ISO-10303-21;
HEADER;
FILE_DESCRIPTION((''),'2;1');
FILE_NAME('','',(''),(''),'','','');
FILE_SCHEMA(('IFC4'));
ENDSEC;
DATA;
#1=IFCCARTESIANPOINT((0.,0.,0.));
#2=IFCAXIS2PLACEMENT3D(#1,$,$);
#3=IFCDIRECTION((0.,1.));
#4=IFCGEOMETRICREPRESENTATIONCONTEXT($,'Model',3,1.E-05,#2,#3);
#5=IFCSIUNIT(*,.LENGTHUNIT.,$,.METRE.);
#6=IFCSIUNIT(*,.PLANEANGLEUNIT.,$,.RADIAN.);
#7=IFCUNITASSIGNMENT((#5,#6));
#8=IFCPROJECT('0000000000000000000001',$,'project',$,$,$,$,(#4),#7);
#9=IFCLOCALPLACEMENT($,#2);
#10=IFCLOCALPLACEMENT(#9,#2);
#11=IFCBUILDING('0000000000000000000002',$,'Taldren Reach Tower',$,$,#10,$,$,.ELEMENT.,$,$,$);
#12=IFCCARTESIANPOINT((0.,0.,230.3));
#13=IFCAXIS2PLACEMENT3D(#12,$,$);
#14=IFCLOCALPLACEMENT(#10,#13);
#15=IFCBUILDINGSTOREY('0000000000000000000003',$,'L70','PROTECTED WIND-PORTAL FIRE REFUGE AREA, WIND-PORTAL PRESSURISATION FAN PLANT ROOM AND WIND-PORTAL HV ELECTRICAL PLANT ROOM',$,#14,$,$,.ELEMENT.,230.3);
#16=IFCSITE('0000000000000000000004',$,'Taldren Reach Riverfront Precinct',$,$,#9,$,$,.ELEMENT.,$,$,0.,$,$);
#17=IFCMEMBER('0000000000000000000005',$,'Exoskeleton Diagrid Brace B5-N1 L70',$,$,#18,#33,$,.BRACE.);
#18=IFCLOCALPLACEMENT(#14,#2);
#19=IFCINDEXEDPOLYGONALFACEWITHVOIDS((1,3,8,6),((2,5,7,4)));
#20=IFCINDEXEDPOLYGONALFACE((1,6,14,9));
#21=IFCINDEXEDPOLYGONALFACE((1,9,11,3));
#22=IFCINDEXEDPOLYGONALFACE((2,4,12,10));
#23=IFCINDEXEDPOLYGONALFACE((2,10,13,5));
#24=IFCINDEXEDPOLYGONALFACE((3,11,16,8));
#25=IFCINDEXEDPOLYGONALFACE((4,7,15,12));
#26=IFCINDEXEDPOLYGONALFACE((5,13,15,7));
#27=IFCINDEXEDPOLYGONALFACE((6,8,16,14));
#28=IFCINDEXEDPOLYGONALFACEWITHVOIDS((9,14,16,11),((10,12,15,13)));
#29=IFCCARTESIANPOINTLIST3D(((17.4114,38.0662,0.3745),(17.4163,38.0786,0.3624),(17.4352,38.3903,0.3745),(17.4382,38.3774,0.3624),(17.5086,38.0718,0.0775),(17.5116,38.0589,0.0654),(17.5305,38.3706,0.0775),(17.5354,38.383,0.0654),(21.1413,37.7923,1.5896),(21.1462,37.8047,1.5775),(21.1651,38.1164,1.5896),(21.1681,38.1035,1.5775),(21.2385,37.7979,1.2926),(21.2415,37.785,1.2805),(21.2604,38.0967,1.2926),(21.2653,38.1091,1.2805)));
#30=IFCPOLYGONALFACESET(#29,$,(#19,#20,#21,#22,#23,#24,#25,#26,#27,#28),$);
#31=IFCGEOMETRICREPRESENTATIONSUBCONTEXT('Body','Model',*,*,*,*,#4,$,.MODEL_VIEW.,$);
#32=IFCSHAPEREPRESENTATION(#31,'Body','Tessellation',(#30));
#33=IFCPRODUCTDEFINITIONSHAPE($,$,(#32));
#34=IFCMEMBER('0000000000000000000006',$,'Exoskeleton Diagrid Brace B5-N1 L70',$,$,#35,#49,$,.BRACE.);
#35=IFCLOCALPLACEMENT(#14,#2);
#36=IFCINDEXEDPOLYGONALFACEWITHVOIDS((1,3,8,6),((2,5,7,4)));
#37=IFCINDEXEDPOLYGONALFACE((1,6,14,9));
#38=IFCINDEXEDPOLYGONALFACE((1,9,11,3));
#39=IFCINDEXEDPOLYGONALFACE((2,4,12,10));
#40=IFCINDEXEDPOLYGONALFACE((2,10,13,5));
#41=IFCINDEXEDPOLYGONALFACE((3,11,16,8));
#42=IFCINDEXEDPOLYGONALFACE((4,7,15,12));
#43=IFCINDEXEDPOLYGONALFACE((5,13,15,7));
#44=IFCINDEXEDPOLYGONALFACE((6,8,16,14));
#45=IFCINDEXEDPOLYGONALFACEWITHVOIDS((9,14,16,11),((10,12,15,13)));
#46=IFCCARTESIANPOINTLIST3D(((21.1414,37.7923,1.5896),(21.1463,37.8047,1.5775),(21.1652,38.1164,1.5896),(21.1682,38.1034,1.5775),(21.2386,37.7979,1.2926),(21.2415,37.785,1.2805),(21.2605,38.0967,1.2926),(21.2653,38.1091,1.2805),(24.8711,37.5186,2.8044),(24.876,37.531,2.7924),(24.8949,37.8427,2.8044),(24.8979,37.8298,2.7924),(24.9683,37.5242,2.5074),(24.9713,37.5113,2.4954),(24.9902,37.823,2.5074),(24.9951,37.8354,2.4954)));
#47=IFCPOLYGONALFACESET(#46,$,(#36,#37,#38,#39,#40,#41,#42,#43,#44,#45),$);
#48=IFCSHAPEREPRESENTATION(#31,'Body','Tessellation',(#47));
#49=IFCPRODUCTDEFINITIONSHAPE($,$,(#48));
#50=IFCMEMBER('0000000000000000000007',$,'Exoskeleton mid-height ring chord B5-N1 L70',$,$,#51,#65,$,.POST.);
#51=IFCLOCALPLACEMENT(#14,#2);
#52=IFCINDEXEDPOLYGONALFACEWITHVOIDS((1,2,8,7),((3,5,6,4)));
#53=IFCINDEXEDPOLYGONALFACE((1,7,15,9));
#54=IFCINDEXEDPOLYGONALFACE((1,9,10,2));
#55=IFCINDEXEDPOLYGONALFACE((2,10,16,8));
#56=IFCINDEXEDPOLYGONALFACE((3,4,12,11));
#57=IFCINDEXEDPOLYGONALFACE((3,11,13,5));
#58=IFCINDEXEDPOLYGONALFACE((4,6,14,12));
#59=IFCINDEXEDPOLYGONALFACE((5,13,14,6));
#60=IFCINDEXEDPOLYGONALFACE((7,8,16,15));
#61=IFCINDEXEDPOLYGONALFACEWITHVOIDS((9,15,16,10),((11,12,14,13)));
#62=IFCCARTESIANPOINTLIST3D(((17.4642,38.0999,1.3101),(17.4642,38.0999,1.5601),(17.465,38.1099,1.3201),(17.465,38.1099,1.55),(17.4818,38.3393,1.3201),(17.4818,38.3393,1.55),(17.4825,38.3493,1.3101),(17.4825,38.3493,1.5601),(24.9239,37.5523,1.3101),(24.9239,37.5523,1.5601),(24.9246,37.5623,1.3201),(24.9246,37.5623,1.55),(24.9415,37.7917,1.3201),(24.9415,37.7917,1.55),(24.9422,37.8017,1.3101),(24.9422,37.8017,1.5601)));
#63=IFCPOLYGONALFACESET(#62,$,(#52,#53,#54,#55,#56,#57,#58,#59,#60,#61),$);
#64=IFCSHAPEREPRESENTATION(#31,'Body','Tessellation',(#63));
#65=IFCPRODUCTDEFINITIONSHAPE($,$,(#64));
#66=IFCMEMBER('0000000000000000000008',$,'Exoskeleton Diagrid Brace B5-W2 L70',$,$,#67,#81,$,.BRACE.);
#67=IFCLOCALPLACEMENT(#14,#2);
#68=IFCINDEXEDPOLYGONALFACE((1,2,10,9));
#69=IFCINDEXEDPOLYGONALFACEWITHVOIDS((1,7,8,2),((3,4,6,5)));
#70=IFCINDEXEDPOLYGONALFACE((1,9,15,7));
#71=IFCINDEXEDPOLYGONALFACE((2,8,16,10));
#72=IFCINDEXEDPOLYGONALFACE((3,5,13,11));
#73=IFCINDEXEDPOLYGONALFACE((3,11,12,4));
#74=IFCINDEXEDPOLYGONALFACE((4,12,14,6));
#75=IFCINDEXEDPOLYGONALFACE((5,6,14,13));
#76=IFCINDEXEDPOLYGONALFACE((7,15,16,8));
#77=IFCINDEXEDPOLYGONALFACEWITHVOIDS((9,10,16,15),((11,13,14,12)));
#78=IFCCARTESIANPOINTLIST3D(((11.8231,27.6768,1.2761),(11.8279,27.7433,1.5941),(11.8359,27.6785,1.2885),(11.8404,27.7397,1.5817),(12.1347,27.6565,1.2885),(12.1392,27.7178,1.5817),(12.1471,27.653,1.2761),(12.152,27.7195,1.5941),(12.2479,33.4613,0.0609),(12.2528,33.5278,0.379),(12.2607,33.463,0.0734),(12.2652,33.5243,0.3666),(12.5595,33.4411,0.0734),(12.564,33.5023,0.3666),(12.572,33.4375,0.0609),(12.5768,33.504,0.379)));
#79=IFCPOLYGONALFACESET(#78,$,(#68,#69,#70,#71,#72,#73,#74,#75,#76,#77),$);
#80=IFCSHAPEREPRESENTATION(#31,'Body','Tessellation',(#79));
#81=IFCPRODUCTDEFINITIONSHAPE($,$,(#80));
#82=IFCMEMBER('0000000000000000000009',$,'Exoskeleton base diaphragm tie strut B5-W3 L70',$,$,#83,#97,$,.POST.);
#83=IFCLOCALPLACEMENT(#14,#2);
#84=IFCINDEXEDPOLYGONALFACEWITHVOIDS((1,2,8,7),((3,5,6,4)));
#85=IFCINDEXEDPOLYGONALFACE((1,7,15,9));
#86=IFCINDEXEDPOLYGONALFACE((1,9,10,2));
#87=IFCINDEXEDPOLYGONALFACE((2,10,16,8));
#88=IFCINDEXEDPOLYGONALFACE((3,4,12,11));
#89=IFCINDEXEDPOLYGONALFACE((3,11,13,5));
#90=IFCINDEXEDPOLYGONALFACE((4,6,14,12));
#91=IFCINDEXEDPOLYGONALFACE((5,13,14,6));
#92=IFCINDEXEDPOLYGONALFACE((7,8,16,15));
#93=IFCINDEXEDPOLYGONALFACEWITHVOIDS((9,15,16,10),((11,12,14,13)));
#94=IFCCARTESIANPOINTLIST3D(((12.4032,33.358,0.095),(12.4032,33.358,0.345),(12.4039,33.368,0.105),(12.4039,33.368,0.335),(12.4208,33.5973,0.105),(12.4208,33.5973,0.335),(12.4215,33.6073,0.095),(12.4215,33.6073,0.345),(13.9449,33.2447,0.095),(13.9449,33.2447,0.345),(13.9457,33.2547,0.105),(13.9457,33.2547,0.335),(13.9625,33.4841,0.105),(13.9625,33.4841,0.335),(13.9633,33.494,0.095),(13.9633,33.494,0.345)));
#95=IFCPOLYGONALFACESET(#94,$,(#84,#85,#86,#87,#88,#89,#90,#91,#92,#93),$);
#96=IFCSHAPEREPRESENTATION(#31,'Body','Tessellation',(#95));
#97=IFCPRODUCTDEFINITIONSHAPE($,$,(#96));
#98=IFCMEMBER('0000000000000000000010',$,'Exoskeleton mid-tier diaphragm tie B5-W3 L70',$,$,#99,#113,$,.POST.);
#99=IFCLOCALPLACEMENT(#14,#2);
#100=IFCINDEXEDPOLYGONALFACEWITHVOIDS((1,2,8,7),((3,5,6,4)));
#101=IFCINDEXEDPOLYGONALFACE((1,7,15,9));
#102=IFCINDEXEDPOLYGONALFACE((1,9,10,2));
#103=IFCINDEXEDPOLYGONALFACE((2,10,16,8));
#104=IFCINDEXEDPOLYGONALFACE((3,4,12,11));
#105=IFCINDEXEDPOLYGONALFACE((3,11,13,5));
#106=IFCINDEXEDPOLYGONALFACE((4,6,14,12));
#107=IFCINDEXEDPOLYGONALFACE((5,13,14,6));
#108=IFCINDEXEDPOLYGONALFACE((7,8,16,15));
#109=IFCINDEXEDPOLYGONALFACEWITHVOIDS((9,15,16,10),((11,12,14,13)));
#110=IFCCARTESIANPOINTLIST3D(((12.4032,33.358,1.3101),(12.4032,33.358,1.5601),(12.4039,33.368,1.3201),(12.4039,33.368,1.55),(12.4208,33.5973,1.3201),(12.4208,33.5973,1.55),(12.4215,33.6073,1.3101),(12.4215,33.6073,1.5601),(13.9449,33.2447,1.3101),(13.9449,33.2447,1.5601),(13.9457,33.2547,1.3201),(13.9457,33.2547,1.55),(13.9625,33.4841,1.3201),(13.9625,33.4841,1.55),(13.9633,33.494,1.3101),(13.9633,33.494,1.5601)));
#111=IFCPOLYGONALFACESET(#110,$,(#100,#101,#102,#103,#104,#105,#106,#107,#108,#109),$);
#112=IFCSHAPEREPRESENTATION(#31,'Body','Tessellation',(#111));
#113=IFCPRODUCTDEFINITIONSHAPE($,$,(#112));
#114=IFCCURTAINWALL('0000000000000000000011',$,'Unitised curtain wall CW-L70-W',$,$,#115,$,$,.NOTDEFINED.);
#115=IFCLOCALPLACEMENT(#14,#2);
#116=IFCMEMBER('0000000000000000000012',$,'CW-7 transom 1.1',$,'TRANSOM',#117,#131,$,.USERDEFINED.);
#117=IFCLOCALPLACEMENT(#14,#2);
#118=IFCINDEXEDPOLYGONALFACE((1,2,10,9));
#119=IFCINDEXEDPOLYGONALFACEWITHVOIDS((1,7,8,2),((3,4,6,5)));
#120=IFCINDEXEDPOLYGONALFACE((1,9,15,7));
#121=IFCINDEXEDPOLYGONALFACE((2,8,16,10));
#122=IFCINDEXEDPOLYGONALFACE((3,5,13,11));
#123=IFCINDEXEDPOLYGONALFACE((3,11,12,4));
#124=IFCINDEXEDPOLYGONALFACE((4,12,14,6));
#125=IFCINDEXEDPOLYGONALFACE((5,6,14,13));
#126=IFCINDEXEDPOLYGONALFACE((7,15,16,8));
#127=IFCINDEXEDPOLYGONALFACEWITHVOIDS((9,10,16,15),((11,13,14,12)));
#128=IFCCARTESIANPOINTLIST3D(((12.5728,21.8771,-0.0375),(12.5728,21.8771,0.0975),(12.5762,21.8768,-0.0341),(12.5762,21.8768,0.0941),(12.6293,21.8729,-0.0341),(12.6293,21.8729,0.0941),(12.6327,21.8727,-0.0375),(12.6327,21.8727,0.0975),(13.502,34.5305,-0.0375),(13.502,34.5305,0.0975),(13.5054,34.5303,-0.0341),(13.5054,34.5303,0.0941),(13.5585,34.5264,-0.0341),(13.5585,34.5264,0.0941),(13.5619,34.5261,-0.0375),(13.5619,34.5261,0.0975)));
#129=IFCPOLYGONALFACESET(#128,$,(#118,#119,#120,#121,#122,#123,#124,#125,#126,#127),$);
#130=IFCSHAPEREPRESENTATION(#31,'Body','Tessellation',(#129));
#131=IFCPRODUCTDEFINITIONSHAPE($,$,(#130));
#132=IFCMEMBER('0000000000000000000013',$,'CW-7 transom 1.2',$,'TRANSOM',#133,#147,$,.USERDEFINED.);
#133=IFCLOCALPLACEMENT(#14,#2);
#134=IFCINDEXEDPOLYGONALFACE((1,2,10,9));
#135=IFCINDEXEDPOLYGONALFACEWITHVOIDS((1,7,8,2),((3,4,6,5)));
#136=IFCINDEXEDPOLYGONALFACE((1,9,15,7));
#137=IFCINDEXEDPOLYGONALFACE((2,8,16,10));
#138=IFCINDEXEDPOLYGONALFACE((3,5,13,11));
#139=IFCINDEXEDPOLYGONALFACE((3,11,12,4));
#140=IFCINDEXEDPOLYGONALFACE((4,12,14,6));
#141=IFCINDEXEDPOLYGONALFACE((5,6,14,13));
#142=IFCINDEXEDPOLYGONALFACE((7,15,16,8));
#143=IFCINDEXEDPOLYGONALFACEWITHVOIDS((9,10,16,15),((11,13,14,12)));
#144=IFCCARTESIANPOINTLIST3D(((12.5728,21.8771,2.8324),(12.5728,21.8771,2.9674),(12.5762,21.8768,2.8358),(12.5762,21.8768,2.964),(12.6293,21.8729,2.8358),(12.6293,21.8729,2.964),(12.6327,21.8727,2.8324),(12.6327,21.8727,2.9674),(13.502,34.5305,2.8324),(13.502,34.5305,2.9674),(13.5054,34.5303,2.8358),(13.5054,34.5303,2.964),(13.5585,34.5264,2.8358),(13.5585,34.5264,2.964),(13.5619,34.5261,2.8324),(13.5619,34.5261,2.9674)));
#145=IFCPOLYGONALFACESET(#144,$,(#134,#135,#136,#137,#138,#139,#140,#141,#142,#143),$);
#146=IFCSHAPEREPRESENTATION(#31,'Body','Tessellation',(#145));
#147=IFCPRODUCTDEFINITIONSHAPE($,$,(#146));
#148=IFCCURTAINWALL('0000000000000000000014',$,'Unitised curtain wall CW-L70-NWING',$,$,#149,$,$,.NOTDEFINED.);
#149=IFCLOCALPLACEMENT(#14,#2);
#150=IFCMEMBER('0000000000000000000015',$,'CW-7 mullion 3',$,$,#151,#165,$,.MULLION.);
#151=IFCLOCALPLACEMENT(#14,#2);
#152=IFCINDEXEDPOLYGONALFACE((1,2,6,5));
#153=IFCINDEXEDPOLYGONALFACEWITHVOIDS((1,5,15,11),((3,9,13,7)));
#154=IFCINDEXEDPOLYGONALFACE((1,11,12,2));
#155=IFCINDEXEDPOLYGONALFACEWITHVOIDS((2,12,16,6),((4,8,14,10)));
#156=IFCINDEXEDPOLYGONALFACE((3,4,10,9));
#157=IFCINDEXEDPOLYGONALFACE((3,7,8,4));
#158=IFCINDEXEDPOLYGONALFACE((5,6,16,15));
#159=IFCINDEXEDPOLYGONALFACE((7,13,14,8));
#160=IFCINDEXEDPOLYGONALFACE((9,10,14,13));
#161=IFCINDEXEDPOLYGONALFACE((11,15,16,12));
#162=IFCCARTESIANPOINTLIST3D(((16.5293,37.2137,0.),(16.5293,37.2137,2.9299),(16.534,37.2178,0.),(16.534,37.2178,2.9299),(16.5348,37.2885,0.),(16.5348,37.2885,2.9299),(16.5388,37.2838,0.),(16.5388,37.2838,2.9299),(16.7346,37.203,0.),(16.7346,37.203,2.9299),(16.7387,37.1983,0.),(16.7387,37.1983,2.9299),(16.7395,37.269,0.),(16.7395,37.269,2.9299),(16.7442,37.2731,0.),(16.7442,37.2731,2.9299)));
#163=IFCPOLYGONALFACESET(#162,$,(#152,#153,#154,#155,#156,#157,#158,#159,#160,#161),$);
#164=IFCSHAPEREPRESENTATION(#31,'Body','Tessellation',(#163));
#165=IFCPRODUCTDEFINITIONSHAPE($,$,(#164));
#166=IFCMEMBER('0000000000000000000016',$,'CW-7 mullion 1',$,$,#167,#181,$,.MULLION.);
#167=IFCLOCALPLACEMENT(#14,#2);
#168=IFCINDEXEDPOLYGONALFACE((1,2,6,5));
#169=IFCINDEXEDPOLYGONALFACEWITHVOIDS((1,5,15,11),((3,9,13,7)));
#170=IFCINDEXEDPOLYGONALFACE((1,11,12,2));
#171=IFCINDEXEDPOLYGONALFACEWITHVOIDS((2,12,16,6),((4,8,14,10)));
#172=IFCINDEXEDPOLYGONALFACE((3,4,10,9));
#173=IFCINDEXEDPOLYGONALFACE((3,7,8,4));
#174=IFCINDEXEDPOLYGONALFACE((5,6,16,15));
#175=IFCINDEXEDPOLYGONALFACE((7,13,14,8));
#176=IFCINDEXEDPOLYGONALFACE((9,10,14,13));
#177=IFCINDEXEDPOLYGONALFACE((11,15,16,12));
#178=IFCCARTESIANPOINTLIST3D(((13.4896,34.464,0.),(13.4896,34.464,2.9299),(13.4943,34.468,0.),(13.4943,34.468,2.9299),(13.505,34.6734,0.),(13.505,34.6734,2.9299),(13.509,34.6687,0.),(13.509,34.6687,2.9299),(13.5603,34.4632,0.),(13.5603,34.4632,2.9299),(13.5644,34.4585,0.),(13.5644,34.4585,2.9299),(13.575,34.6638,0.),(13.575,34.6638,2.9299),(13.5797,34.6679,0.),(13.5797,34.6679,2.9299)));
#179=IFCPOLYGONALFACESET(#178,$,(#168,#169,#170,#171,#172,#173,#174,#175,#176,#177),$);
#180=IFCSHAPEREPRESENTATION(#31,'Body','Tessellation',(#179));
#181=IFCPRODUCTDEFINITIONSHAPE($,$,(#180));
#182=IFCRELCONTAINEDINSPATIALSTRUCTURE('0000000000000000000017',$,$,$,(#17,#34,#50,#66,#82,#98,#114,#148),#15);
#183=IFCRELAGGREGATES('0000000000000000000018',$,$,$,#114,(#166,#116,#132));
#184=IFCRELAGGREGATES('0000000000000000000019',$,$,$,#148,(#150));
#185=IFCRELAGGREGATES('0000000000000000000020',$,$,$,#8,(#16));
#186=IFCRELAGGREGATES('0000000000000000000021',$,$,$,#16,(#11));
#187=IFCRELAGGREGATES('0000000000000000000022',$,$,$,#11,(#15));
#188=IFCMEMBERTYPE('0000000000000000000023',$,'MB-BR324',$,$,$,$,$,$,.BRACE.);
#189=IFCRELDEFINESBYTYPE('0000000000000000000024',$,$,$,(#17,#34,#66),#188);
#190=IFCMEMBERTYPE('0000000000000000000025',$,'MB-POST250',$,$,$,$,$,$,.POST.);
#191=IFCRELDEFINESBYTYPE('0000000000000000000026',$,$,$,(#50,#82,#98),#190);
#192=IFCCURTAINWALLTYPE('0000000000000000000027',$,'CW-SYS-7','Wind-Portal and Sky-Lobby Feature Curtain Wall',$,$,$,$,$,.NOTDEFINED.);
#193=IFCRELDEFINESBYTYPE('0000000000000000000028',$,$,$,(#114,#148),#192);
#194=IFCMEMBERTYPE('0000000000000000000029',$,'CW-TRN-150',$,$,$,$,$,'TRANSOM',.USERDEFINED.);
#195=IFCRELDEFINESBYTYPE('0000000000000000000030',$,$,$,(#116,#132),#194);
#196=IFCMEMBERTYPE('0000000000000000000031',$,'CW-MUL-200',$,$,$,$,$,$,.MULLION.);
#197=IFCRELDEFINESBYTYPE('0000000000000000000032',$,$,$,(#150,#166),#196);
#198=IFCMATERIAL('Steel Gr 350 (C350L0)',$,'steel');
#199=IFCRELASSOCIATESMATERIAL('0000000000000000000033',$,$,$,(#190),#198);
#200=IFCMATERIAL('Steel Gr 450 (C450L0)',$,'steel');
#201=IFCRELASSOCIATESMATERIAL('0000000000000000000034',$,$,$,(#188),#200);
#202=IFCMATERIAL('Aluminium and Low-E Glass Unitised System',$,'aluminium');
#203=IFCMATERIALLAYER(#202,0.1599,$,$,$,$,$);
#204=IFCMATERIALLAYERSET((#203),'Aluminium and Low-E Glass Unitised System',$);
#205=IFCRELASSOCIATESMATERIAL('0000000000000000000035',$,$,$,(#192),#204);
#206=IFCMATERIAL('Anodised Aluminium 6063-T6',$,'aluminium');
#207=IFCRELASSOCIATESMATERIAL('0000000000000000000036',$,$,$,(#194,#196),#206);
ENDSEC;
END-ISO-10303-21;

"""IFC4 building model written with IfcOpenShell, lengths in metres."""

from ifc_helpers import new_model, si_unit, direction, frame, origin, origin_2d, place, context, subcontext, project, spatial, hollow_rectangle, extrude, source, transform, mapped, material, layer, layer_set, material_profile, profile_set, type_object, element, aggregate, save


model = new_model("IFC4")

# Units and contexts
model_context = context("Model", 3, precision=1e-05, world=origin(), true_north=direction((0.0, 1.0)))
body_context = subcontext(model_context, "Body", "Model", "MODEL_VIEW")
ifc_project = project(units=[si_unit("LENGTHUNIT", "METRE"), si_unit("PLANEANGLEUNIT", "RADIAN")], contexts=[model_context])

# Site, building, storey
site_placement = place(None, origin())
site = spatial("IfcSite", under=ifc_project, at=site_placement, Name="Taldren Reach Riverfront Precinct", CompositionType="ELEMENT", RefElevation=0.0)
building_placement = place(site_placement, origin())
building = spatial("IfcBuilding", under=site, at=building_placement, Name="Taldren Reach Tower", CompositionType="ELEMENT")
storey_placement = place(building_placement, frame((0.0, 0.0, 230.3)))
storey = spatial("IfcBuildingStorey", under=building, at=storey_placement, Name="L70", Description="PROTECTED WIND-PORTAL FIRE REFUGE AREA, WIND-PORTAL PRESSURISATION FAN PLANT ROOM AND WIND-PORTAL HV ELECTRICAL PLANT ROOM", CompositionType="ELEMENT", Elevation=230.3)

# Shared definitions
ifc_material_1 = material(Name="Steel Gr 350 (C350L0)", Category="steel")

# Shared definitions
ifc_material_profile_1 = material_profile(ifc_material_1, hollow_rectangle(XDim=0.25, YDim=0.25, WallThickness=0.01, at=origin_2d()), Name="250x250x10.0SHS")
ifc_profile_set_1 = profile_set([ifc_material_profile_1], Name="Steel Gr 350 (C350L0)")
member_type_1 = type_object("IfcMemberType", Name="MB-POST250", PredefinedType="POST", material=ifc_profile_set_1)
ifc_material_2 = material(Name="Steel Gr 450 (C450L0)", Category="steel")

# Members
ifc_material_profile_2 = material_profile(ifc_material_2, hollow_rectangle(XDim=0.325, YDim=0.325, WallThickness=0.0127, at=origin_2d()), Name="325x325x12.7SHS")
ifc_profile_set_2 = profile_set([ifc_material_profile_2], Name="Steel Gr 450 (C450L0)")
member_type_2 = type_object("IfcMemberType", Name="MB-BR324", PredefinedType="BRACE", material=ifc_profile_set_2)
shared_shape_1 = source(origin(), body_context, "Body", "SweptSolid", [
    extrude(hollow_rectangle(XDim=0.325, YDim=0.325, WallThickness=0.0127, at=origin_2d()), origin(), (0.0, 0.0, 1.0), 3.9324),
])
member_1_placement = place(storey_placement, frame((17.4734, 38.2246, 0.22), z_axis=(0.948511, -0.069658, 0.308989), x_axis=(0.073242, 0.997314, 0.0)))
element("IfcMember", 1, at=member_1_placement, inside=storey, type_object=member_type_2, Name="Exoskeleton Diagrid Brace B5-N1 L70", PredefinedType="BRACE", context=body_context, shape_type="MappedRepresentation", body=[
    mapped(shared_shape_1, transform((0.0, 0.0, 0.0), scale=1.0)),
])
shared_shape_2 = source(origin(), body_context, "Body", "SweptSolid", [
    extrude(hollow_rectangle(XDim=0.325, YDim=0.325, WallThickness=0.0127, at=origin_2d()), origin(), (0.0, 0.0, 1.0), 3.9321),
])
member_2_placement = place(storey_placement, frame((21.2034, 37.9507, 1.4351), z_axis=(0.948527, -0.069601, 0.308953), x_axis=(0.073182, 0.997319, 0.0)))
element("IfcMember", 2, at=member_2_placement, inside=storey, type_object=member_type_2, Name="Exoskeleton Diagrid Brace B5-N1 L70", PredefinedType="BRACE", context=body_context, shape_type="MappedRepresentation", body=[
    mapped(shared_shape_2, transform((0.0, 0.0, 0.0), scale=1.0)),
])
shared_shape_3 = source(origin(), body_context, "Body", "SweptSolid", [
    extrude(hollow_rectangle(XDim=0.25, YDim=0.25, WallThickness=0.01, at=origin_2d()), origin(), (0.0, 0.0, 1.0), 7.4797),
])
member_3_placement = place(storey_placement, frame((17.4734, 38.2246, 1.4351), z_axis=(0.997316, -0.073212, 0.0), x_axis=(0.073212, 0.997316, 0.0)))
element("IfcMember", 3, at=member_3_placement, inside=storey, type_object=member_type_1, Name="Exoskeleton mid-height ring chord B5-N1 L70", PredefinedType="POST", context=body_context, shape_type="MappedRepresentation", body=[
    mapped(shared_shape_3, transform((0.0, 0.0, 0.0), scale=1.0)),
])
shared_shape_4 = source(origin(), body_context, "Body", "SweptSolid", [
    extrude(hollow_rectangle(XDim=0.325, YDim=0.325, WallThickness=0.0127, at=origin_2d()), origin(), (0.0, 0.0, 1.0), 5.926),
])
member_4_placement = place(storey_placement, frame((12.4124, 33.4827, 0.22), z_axis=(-0.071686, -0.976123, 0.205046), x_axis=(0.997314, -0.073242, 0.0)))
element("IfcMember", 4, at=member_4_placement, inside=storey, type_object=member_type_2, Name="Exoskeleton Diagrid Brace B5-W2 L70", PredefinedType="BRACE", context=body_context, shape_type="MappedRepresentation", body=[
    mapped(shared_shape_4, transform((0.0, 0.0, 0.0), scale=1.0)),
])
shared_shape_5 = source(origin(), body_context, "Body", "SweptSolid", [
    extrude(hollow_rectangle(XDim=0.25, YDim=0.25, WallThickness=0.01, at=origin_2d()), origin(), (0.0, 0.0, 1.0), 1.5459),
])
for number, where, z_axis, x_axis, name in (
    (5, (13.9541, 33.3694, 0.22), (-0.997312, 0.073278, 0.0), (-0.073278, -0.997312, 0.0), "Exoskeleton base diaphragm tie strut B5-W3 L70"),
    (6, (13.9541, 33.3694, 1.4351), (-0.997312, 0.073278, 0.0), (-0.073278, -0.997312, 0.0), "Exoskeleton mid-tier diaphragm tie B5-W3 L70"),
):
    element("IfcMember", number, at=place(storey_placement, frame(where, z_axis=z_axis, x_axis=x_axis)), inside=storey, type_object=member_type_1, Name=name, PredefinedType="POST", context=body_context, shape_type="MappedRepresentation", body=[
        mapped(shared_shape_5, transform((0.0, 0.0, 0.0), scale=1.0)),
    ])

# Curtain wall, members
ifc_material_3 = material(Name="Aluminium and Low-E Glass Unitised System", Category="aluminium")
ifc_layer_1 = layer(ifc_material_3, 0.1599)
ifc_layer_set_1 = layer_set([ifc_layer_1], Name="Aluminium and Low-E Glass Unitised System")
curtain_wall_type = type_object("IfcCurtainWallType", Name="CW-SYS-7", Description="Wind-Portal and Sky-Lobby Feature Curtain Wall", PredefinedType="NOTDEFINED", material=ifc_layer_set_1)
curtain_wall_1_placement = place(storey_placement, origin())
curtain_wall_1 = element("IfcCurtainWall", 7, at=curtain_wall_1_placement, inside=storey, type_object=curtain_wall_type, Name="Unitised curtain wall CW-L70-W", PredefinedType="NOTDEFINED")
ifc_material_4 = material(Name="Anodised Aluminium 6063-T6", Category="aluminium")
ifc_material_profile_3 = material_profile(ifc_material_4, hollow_rectangle(XDim=0.0601, YDim=0.135, WallThickness=0.0034, at=origin_2d()), Name="ALU-135x60x3.5RHS")
ifc_profile_set_3 = profile_set([ifc_material_profile_3], Name="Anodised Aluminium 6063-T6")
member_type_3 = type_object("IfcMemberType", Name="CW-TRN-150", ElementType="TRANSOM", PredefinedType="USERDEFINED", material=ifc_profile_set_3)
shared_shape_6 = source(origin(), body_context, "Body", "SweptSolid", [
    extrude(hollow_rectangle(XDim=0.0601, YDim=0.135, WallThickness=0.0034, at=origin_2d()), origin(), (0.0, 0.0, 1.0), 12.6875),
])
member_5_placement = place(storey_placement, frame((13.532, 34.5283, 0.03), z_axis=(-0.073238, -0.997314, 0.0), x_axis=(0.997314, -0.073238, 0.0)))
member_5 = element("IfcMember", 8, at=member_5_placement, type_object=member_type_3, Name="CW-7 transom 1.1", ObjectType="TRANSOM", PredefinedType="USERDEFINED", context=body_context, shape_type="MappedRepresentation", body=[
    mapped(shared_shape_6, transform((0.0, 0.0, 0.0), scale=1.0)),
])
member_6_placement = place(storey_placement, frame((13.532, 34.5283, 2.8999), z_axis=(-0.073238, -0.997314, 0.0), x_axis=(0.997314, -0.073238, 0.0)))
member_6 = element("IfcMember", 9, at=member_6_placement, type_object=member_type_3, Name="CW-7 transom 1.2", ObjectType="TRANSOM", PredefinedType="USERDEFINED", context=body_context, shape_type="MappedRepresentation", body=[
    mapped(shared_shape_6, transform((0.0, 0.0, 0.0), scale=1.0)),
])

# Curtain wall, member
curtain_wall_2_placement = place(storey_placement, origin())
curtain_wall_2 = element("IfcCurtainWall", 10, at=curtain_wall_2_placement, inside=storey, type_object=curtain_wall_type, Name="Unitised curtain wall CW-L70-NWING", PredefinedType="NOTDEFINED")
ifc_material_profile_4 = material_profile(ifc_material_4, hollow_rectangle(XDim=0.075, YDim=0.21, WallThickness=0.0044, at=origin_2d()), Name="ALU-210x75x4.5RHS")
ifc_profile_set_4 = profile_set([ifc_material_profile_4], Name="Anodised Aluminium 6063-T6")
member_type_4 = type_object("IfcMemberType", Name="CW-MUL-200", PredefinedType="MULLION", material=ifc_profile_set_4)
shared_shape_7 = source(origin(), body_context, "Body", "SweptSolid", [
    extrude(hollow_rectangle(XDim=0.075, YDim=0.21, WallThickness=0.0044, at=origin_2d()), origin(), (0.0, 0.0, 1.0), 2.9299),
])
member_7_placement = place(storey_placement, frame((16.6367, 37.2434, 0.0), z_axis=(0.0, 0.0, 1.0), x_axis=(-0.073238, -0.997314, 0.0)))
member_7 = element("IfcMember", 11, at=member_7_placement, type_object=member_type_4, Name="CW-7 mullion 3", PredefinedType="MULLION", context=body_context, shape_type="MappedRepresentation", body=[
    mapped(shared_shape_7, transform((0.0, 0.0, 0.0), scale=1.0)),
])

# Member
member_8_placement = place(storey_placement, frame((13.5347, 34.5659, 0.0), z_axis=(0.0, 0.0, 1.0), x_axis=(0.997314, -0.073238, 0.0)))
member_8 = element("IfcMember", 12, at=member_8_placement, type_object=member_type_4, Name="CW-7 mullion 1", PredefinedType="MULLION", context=body_context, shape_type="MappedRepresentation", body=[
    mapped(shared_shape_7, transform((0.0, 0.0, 0.0), scale=1.0)),
])

aggregate(curtain_wall_1, [member_8, member_5, member_6])
aggregate(curtain_wall_2, [member_7])

save(model, "model.ifc")
